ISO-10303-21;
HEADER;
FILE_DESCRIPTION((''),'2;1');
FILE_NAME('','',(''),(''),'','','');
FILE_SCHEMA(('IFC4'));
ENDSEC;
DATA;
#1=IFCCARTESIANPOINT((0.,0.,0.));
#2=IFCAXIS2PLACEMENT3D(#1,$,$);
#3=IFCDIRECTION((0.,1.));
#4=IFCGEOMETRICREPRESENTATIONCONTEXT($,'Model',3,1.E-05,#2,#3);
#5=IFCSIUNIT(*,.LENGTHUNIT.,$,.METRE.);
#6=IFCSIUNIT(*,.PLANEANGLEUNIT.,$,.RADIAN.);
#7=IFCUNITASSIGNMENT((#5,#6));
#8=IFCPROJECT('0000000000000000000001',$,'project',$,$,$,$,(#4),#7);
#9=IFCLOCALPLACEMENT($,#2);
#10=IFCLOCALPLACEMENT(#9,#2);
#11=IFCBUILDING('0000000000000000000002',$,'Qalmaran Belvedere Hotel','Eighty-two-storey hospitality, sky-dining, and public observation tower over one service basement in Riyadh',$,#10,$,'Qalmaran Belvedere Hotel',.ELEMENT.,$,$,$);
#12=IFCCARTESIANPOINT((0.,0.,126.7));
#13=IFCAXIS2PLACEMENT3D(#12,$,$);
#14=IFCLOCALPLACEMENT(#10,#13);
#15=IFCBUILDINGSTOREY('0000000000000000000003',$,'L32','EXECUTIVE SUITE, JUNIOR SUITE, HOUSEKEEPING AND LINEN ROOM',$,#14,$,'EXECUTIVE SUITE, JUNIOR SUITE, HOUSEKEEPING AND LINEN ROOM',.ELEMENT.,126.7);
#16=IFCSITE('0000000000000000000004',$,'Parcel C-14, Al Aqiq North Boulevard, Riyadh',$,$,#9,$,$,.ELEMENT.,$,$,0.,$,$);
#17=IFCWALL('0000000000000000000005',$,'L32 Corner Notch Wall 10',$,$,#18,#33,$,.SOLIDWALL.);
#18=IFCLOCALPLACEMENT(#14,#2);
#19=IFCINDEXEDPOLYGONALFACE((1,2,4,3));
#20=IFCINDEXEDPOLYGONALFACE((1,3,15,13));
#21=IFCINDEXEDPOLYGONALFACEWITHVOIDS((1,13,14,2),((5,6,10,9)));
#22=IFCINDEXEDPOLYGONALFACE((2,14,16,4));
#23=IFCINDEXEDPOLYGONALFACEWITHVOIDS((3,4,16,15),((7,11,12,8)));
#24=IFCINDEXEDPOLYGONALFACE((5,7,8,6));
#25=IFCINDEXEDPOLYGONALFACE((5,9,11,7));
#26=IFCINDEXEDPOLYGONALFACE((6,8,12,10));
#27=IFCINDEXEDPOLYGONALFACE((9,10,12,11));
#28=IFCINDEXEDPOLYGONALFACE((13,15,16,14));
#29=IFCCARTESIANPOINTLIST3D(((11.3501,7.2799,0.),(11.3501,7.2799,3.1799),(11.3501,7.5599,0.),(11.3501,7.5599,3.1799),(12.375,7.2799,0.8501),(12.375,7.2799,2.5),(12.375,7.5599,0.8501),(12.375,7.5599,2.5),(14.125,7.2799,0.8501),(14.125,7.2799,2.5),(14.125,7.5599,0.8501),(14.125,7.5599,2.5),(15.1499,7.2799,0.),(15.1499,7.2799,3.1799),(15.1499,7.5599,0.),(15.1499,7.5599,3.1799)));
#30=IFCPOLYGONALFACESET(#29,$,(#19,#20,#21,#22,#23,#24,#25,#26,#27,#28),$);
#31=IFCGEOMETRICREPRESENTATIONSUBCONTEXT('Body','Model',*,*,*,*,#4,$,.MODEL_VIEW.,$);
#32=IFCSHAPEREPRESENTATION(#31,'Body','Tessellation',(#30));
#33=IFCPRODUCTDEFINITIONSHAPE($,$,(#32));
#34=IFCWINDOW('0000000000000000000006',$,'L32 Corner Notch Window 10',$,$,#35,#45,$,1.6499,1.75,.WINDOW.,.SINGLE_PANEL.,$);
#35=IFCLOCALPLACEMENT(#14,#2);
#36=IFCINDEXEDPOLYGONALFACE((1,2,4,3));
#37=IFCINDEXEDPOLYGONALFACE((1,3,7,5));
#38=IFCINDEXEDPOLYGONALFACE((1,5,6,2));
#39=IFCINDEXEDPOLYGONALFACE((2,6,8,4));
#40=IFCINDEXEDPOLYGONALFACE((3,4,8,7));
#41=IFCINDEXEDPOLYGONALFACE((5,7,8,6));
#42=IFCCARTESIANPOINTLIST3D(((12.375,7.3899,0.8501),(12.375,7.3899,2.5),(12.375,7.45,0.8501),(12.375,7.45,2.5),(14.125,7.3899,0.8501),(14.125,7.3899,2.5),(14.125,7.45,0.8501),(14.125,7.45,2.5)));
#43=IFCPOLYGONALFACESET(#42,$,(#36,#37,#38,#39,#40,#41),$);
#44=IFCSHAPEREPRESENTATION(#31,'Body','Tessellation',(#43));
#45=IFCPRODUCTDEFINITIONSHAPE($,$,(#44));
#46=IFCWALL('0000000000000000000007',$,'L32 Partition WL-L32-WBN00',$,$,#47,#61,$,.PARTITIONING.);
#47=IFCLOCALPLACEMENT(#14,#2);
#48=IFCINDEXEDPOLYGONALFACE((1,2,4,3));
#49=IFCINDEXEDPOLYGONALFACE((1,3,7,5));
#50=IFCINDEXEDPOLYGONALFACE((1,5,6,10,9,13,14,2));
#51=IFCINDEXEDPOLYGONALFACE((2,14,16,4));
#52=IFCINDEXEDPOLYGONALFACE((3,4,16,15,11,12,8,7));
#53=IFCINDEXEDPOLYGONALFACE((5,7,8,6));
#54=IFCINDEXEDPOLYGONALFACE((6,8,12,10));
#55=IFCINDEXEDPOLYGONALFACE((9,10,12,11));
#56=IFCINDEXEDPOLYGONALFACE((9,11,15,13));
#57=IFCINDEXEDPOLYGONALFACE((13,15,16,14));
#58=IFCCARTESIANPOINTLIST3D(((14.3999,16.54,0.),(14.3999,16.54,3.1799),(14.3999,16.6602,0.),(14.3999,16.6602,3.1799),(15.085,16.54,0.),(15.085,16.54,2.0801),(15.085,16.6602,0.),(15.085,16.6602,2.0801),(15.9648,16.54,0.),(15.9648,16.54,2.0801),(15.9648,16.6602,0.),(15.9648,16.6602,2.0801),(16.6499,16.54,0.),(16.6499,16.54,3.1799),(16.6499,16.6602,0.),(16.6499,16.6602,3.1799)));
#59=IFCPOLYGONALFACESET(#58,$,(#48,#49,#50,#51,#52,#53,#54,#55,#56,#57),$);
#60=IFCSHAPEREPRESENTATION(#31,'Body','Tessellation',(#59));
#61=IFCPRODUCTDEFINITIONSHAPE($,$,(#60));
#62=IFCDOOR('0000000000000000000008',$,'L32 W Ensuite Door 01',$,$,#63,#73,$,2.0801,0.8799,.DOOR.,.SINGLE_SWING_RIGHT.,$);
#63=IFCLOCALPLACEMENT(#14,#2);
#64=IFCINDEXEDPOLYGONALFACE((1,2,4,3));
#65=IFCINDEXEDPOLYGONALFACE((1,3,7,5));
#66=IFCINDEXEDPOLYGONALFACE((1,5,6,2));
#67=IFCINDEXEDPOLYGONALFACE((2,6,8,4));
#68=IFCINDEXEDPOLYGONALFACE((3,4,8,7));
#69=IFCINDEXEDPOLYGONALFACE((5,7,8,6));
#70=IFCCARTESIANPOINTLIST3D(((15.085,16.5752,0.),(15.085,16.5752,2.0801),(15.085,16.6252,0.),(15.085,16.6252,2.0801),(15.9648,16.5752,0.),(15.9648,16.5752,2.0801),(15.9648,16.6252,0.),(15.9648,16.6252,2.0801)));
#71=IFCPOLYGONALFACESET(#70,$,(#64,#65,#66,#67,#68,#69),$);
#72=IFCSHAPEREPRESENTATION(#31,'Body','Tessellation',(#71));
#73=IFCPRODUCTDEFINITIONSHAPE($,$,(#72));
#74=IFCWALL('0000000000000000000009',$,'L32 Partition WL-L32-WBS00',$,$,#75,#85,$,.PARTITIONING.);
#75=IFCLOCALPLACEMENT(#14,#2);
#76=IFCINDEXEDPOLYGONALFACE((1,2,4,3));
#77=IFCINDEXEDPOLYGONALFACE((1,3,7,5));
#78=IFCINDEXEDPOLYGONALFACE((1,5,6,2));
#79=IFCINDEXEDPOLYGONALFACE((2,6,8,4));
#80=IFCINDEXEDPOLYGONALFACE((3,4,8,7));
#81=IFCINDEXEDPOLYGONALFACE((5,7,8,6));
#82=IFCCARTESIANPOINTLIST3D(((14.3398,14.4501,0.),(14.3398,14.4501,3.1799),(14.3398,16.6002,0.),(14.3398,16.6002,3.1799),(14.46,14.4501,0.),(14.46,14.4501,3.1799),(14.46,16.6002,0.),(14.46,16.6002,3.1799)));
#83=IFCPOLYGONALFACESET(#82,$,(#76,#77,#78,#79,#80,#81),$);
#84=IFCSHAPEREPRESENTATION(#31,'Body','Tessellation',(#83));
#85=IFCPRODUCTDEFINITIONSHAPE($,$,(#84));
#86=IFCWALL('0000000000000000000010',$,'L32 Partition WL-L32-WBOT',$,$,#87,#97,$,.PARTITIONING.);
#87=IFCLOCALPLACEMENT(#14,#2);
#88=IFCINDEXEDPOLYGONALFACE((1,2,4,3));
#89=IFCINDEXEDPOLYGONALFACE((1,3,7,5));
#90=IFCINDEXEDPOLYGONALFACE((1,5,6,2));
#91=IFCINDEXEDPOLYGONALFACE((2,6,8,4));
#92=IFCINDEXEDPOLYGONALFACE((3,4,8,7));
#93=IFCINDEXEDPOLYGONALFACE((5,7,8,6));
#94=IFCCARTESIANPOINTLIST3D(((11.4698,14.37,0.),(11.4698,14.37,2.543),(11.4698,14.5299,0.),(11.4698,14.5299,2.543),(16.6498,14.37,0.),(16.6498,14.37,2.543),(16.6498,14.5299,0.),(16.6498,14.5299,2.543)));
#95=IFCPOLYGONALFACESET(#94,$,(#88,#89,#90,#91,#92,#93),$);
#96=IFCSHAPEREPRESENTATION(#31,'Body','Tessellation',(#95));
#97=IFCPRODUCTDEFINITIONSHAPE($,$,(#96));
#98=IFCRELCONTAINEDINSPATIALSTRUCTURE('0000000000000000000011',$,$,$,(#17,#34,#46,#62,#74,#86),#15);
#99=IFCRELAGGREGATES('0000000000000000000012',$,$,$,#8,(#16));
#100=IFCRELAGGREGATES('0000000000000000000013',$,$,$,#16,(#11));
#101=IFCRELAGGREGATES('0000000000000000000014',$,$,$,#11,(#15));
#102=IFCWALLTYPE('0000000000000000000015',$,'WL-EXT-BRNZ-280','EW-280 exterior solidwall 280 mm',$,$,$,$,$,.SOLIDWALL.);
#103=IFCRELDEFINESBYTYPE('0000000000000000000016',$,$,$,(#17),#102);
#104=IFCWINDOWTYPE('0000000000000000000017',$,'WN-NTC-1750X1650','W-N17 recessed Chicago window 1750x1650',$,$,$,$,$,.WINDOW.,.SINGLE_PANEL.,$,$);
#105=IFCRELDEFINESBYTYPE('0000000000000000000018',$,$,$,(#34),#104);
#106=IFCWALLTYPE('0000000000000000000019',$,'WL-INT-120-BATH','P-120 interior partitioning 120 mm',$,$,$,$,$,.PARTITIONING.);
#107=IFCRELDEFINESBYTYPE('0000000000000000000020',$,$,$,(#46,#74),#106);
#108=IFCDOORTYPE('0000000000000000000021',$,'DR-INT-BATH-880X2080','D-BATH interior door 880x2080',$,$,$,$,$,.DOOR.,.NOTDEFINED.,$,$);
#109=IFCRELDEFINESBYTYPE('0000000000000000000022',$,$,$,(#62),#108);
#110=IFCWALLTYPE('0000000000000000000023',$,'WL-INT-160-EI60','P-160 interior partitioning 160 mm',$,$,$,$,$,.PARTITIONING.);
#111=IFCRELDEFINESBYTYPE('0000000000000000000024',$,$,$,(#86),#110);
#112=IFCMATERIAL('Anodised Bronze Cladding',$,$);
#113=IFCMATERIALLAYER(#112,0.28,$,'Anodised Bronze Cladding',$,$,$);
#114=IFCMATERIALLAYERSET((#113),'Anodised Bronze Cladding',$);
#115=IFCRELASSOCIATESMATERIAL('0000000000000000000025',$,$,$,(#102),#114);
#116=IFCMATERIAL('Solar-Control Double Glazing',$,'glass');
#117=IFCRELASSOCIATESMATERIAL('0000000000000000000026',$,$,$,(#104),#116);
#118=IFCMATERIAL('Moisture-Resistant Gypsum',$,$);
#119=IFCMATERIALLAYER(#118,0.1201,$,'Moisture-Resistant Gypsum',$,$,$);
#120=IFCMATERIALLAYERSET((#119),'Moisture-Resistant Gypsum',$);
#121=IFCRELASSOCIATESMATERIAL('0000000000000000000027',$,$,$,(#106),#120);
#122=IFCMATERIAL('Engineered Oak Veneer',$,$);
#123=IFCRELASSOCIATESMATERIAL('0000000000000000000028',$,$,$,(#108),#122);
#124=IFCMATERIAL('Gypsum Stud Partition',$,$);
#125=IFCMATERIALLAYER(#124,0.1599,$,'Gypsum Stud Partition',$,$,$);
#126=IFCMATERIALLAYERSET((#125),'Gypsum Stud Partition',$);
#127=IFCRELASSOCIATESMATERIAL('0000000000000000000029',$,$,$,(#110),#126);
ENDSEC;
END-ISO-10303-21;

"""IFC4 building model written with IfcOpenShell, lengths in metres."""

from ifc_helpers import new_model, si_unit, direction, frame, frame_2d, origin, place, context, subcontext, project, spatial, rectangle, extrude, material, layer, layer_set, type_object, element, fill, save


model = new_model("IFC4")

# Units and contexts
model_context = context("Model", 3, precision=1e-05, world=origin(), true_north=direction((0.0, 1.0)))
body_context = subcontext(model_context, "Body", "Model", "MODEL_VIEW")
ifc_project = project(units=[si_unit("LENGTHUNIT", "METRE"), si_unit("PLANEANGLEUNIT", "RADIAN")], contexts=[model_context])

# Site, building, storey
site_placement = place(None, origin())
site = spatial("IfcSite", under=ifc_project, at=site_placement, Name="Parcel C-14, Al Aqiq North Boulevard, Riyadh", CompositionType="ELEMENT", RefElevation=0.0)
building_placement = place(site_placement, origin())
building = spatial("IfcBuilding", under=site, at=building_placement, Name="Qalmaran Belvedere Hotel", Description="Eighty-two-storey hospitality, sky-dining, and public observation tower over one service basement in Riyadh", LongName="Qalmaran Belvedere Hotel", CompositionType="ELEMENT")
storey_placement = place(building_placement, frame((0.0, 0.0, 126.7)))
storey = spatial("IfcBuildingStorey", under=building, at=storey_placement, Name="L32", Description="EXECUTIVE SUITE, JUNIOR SUITE, HOUSEKEEPING AND LINEN ROOM", LongName="EXECUTIVE SUITE, JUNIOR SUITE, HOUSEKEEPING AND LINEN ROOM", CompositionType="ELEMENT", Elevation=126.7)

# Shared definitions
ifc_material_1 = material(Name="Solar-Control Double Glazing", Category="glass")

# Wall, opening, window
ifc_material_2 = material(Name="Anodised Bronze Cladding")
ifc_layer_1 = layer(ifc_material_2, 0.28, Name="Anodised Bronze Cladding")
ifc_layer_set_1 = layer_set([ifc_layer_1], Name="Anodised Bronze Cladding")
wall_type_1 = type_object("IfcWallType", Name="WL-EXT-BRNZ-280", Description="EW-280 exterior solidwall 280 mm", PredefinedType="SOLIDWALL", material=ifc_layer_set_1)
wall_1_placement = place(storey_placement, frame((11.3501, 7.4199, 0.0), z_axis=(0.0, 0.0, 1.0), x_axis=(1.0, 0.0, 0.0)))
wall_1 = element("IfcWall", 1, at=wall_1_placement, inside=storey, type_object=wall_type_1, Name="L32 Corner Notch Wall 10", PredefinedType="SOLIDWALL", context=body_context, shape_type="SweptSolid", body=[
    extrude(rectangle(XDim=3.7998, YDim=0.28, at=frame_2d((1.8999, 0.0))), origin(), (0.0, 0.0, 1.0), 3.1799),
])
opening_1_placement = place(wall_1_placement, frame((1.0249, 0.0, 0.8501)))
opening_1 = element("IfcOpeningElement", 2, at=opening_1_placement, cuts=wall_1, PredefinedType="OPENING", context=body_context, shape_type="SweptSolid", body=[
    extrude(rectangle(XDim=1.75, YDim=1.6499, at=frame_2d((0.875, 0.825))), frame((0.0, 0.1499, 0.0), z_axis=(0.0, -1.0, 0.0), x_axis=(1.0, 0.0, 0.0)), (0.0, 0.0, 1.0), 0.3),
])
window_type = type_object("IfcWindowType", Name="WN-NTC-1750X1650", Description="W-N17 recessed Chicago window 1750x1650", PartitioningType="SINGLE_PANEL", PredefinedType="WINDOW", material=ifc_material_1)
window_placement = place(opening_1_placement, origin())
window = element("IfcWindow", 3, at=window_placement, inside=storey, type_object=window_type, Name="L32 Corner Notch Window 10", OverallHeight=1.6499, OverallWidth=1.75, PartitioningType="SINGLE_PANEL", PredefinedType="WINDOW", context=body_context, shape_type="SweptSolid", body=[
    extrude(rectangle(XDim=1.75, YDim=1.6499, at=frame_2d((0.875, 0.825))), frame((0.0, 0.03, 0.0), z_axis=(0.0, -1.0, 0.0), x_axis=(1.0, 0.0, 0.0)), (0.0, 0.0, 1.0), 0.0601),
])
fill(opening_1, window)

# Wall, opening, door
ifc_material_3 = material(Name="Moisture-Resistant Gypsum")
ifc_layer_2 = layer(ifc_material_3, 0.1201, Name="Moisture-Resistant Gypsum")
ifc_layer_set_2 = layer_set([ifc_layer_2], Name="Moisture-Resistant Gypsum")
wall_type_2 = type_object("IfcWallType", Name="WL-INT-120-BATH", Description="P-120 interior partitioning 120 mm", PredefinedType="PARTITIONING", material=ifc_layer_set_2)
wall_2_placement = place(storey_placement, frame((14.3999, 16.6001, 0.0), z_axis=(0.0, 0.0, 1.0), x_axis=(1.0, 0.0, 0.0)))
wall_2 = element("IfcWall", 4, at=wall_2_placement, inside=storey, type_object=wall_type_2, Name="L32 Partition WL-L32-WBN00", PredefinedType="PARTITIONING", context=body_context, shape_type="SweptSolid", body=[
    extrude(rectangle(XDim=2.25, YDim=0.1201, at=frame_2d((1.125, 0.0))), origin(), (0.0, 0.0, 1.0), 3.1799),
])
opening_2_placement = place(wall_2_placement, frame((1.5649, 0.0, 0.0), z_axis=(0.0, 0.0, 1.0), x_axis=(-1.0, 0.0, 0.0)))
opening_2 = element("IfcOpeningElement", 5, at=opening_2_placement, cuts=wall_2, PredefinedType="OPENING", context=body_context, shape_type="SweptSolid", body=[
    extrude(rectangle(XDim=0.8799, YDim=2.0801, at=frame_2d((0.4399, 1.04))), frame((0.0, 0.0701, 0.0), z_axis=(0.0, -1.0, 0.0), x_axis=(1.0, 0.0, 0.0)), (0.0, 0.0, 1.0), 0.1401),
])
ifc_material_4 = material(Name="Engineered Oak Veneer")
door_type = type_object("IfcDoorType", Name="DR-INT-BATH-880X2080", Description="D-BATH interior door 880x2080", OperationType="NOTDEFINED", PredefinedType="DOOR", material=ifc_material_4)
door_placement = place(opening_2_placement, origin())
door = element("IfcDoor", 6, at=door_placement, inside=storey, type_object=door_type, Name="L32 W Ensuite Door 01", OperationType="SINGLE_SWING_RIGHT", OverallHeight=2.0801, OverallWidth=0.8799, PredefinedType="DOOR", context=body_context, shape_type="SweptSolid", body=[
    extrude(rectangle(XDim=0.8799, YDim=2.0801, at=frame_2d((0.4399, 1.04))), frame((0.0, 0.0249, 0.0), z_axis=(0.0, -1.0, 0.0), x_axis=(1.0, 0.0, 0.0)), (0.0, 0.0, 1.0), 0.05),
])
fill(opening_2, door)

# Walls
wall_3_placement = place(storey_placement, frame((14.3999, 14.45, 0.0), z_axis=(0.0, 0.0, 1.0), x_axis=(0.0, 1.0, 0.0)))
element("IfcWall", 7, at=wall_3_placement, inside=storey, type_object=wall_type_2, Name="L32 Partition WL-L32-WBS00", PredefinedType="PARTITIONING", context=body_context, shape_type="SweptSolid", body=[
    extrude(rectangle(XDim=2.1501, YDim=0.1201, at=frame_2d((1.0752, 0.0))), origin(), (0.0, 0.0, 1.0), 3.1799),
])
ifc_material_5 = material(Name="Gypsum Stud Partition")
ifc_layer_3 = layer(ifc_material_5, 0.1599, Name="Gypsum Stud Partition")
ifc_layer_set_3 = layer_set([ifc_layer_3], Name="Gypsum Stud Partition")
wall_type_3 = type_object("IfcWallType", Name="WL-INT-160-EI60", Description="P-160 interior partitioning 160 mm", PredefinedType="PARTITIONING", material=ifc_layer_set_3)
wall_4_placement = place(storey_placement, frame((11.47, 14.45, 0.0), z_axis=(0.0, 0.0, 1.0), x_axis=(1.0, 0.0, 0.0)))
element("IfcWall", 8, at=wall_4_placement, inside=storey, type_object=wall_type_3, Name="L32 Partition WL-L32-WBOT", PredefinedType="PARTITIONING", context=body_context, shape_type="SweptSolid", body=[
    extrude(rectangle(XDim=5.1799, YDim=0.1599, at=frame_2d((2.5898, 0.0))), origin(), (0.0, 0.0, 1.0), 2.543),
])

save(model, "model.ifc")
